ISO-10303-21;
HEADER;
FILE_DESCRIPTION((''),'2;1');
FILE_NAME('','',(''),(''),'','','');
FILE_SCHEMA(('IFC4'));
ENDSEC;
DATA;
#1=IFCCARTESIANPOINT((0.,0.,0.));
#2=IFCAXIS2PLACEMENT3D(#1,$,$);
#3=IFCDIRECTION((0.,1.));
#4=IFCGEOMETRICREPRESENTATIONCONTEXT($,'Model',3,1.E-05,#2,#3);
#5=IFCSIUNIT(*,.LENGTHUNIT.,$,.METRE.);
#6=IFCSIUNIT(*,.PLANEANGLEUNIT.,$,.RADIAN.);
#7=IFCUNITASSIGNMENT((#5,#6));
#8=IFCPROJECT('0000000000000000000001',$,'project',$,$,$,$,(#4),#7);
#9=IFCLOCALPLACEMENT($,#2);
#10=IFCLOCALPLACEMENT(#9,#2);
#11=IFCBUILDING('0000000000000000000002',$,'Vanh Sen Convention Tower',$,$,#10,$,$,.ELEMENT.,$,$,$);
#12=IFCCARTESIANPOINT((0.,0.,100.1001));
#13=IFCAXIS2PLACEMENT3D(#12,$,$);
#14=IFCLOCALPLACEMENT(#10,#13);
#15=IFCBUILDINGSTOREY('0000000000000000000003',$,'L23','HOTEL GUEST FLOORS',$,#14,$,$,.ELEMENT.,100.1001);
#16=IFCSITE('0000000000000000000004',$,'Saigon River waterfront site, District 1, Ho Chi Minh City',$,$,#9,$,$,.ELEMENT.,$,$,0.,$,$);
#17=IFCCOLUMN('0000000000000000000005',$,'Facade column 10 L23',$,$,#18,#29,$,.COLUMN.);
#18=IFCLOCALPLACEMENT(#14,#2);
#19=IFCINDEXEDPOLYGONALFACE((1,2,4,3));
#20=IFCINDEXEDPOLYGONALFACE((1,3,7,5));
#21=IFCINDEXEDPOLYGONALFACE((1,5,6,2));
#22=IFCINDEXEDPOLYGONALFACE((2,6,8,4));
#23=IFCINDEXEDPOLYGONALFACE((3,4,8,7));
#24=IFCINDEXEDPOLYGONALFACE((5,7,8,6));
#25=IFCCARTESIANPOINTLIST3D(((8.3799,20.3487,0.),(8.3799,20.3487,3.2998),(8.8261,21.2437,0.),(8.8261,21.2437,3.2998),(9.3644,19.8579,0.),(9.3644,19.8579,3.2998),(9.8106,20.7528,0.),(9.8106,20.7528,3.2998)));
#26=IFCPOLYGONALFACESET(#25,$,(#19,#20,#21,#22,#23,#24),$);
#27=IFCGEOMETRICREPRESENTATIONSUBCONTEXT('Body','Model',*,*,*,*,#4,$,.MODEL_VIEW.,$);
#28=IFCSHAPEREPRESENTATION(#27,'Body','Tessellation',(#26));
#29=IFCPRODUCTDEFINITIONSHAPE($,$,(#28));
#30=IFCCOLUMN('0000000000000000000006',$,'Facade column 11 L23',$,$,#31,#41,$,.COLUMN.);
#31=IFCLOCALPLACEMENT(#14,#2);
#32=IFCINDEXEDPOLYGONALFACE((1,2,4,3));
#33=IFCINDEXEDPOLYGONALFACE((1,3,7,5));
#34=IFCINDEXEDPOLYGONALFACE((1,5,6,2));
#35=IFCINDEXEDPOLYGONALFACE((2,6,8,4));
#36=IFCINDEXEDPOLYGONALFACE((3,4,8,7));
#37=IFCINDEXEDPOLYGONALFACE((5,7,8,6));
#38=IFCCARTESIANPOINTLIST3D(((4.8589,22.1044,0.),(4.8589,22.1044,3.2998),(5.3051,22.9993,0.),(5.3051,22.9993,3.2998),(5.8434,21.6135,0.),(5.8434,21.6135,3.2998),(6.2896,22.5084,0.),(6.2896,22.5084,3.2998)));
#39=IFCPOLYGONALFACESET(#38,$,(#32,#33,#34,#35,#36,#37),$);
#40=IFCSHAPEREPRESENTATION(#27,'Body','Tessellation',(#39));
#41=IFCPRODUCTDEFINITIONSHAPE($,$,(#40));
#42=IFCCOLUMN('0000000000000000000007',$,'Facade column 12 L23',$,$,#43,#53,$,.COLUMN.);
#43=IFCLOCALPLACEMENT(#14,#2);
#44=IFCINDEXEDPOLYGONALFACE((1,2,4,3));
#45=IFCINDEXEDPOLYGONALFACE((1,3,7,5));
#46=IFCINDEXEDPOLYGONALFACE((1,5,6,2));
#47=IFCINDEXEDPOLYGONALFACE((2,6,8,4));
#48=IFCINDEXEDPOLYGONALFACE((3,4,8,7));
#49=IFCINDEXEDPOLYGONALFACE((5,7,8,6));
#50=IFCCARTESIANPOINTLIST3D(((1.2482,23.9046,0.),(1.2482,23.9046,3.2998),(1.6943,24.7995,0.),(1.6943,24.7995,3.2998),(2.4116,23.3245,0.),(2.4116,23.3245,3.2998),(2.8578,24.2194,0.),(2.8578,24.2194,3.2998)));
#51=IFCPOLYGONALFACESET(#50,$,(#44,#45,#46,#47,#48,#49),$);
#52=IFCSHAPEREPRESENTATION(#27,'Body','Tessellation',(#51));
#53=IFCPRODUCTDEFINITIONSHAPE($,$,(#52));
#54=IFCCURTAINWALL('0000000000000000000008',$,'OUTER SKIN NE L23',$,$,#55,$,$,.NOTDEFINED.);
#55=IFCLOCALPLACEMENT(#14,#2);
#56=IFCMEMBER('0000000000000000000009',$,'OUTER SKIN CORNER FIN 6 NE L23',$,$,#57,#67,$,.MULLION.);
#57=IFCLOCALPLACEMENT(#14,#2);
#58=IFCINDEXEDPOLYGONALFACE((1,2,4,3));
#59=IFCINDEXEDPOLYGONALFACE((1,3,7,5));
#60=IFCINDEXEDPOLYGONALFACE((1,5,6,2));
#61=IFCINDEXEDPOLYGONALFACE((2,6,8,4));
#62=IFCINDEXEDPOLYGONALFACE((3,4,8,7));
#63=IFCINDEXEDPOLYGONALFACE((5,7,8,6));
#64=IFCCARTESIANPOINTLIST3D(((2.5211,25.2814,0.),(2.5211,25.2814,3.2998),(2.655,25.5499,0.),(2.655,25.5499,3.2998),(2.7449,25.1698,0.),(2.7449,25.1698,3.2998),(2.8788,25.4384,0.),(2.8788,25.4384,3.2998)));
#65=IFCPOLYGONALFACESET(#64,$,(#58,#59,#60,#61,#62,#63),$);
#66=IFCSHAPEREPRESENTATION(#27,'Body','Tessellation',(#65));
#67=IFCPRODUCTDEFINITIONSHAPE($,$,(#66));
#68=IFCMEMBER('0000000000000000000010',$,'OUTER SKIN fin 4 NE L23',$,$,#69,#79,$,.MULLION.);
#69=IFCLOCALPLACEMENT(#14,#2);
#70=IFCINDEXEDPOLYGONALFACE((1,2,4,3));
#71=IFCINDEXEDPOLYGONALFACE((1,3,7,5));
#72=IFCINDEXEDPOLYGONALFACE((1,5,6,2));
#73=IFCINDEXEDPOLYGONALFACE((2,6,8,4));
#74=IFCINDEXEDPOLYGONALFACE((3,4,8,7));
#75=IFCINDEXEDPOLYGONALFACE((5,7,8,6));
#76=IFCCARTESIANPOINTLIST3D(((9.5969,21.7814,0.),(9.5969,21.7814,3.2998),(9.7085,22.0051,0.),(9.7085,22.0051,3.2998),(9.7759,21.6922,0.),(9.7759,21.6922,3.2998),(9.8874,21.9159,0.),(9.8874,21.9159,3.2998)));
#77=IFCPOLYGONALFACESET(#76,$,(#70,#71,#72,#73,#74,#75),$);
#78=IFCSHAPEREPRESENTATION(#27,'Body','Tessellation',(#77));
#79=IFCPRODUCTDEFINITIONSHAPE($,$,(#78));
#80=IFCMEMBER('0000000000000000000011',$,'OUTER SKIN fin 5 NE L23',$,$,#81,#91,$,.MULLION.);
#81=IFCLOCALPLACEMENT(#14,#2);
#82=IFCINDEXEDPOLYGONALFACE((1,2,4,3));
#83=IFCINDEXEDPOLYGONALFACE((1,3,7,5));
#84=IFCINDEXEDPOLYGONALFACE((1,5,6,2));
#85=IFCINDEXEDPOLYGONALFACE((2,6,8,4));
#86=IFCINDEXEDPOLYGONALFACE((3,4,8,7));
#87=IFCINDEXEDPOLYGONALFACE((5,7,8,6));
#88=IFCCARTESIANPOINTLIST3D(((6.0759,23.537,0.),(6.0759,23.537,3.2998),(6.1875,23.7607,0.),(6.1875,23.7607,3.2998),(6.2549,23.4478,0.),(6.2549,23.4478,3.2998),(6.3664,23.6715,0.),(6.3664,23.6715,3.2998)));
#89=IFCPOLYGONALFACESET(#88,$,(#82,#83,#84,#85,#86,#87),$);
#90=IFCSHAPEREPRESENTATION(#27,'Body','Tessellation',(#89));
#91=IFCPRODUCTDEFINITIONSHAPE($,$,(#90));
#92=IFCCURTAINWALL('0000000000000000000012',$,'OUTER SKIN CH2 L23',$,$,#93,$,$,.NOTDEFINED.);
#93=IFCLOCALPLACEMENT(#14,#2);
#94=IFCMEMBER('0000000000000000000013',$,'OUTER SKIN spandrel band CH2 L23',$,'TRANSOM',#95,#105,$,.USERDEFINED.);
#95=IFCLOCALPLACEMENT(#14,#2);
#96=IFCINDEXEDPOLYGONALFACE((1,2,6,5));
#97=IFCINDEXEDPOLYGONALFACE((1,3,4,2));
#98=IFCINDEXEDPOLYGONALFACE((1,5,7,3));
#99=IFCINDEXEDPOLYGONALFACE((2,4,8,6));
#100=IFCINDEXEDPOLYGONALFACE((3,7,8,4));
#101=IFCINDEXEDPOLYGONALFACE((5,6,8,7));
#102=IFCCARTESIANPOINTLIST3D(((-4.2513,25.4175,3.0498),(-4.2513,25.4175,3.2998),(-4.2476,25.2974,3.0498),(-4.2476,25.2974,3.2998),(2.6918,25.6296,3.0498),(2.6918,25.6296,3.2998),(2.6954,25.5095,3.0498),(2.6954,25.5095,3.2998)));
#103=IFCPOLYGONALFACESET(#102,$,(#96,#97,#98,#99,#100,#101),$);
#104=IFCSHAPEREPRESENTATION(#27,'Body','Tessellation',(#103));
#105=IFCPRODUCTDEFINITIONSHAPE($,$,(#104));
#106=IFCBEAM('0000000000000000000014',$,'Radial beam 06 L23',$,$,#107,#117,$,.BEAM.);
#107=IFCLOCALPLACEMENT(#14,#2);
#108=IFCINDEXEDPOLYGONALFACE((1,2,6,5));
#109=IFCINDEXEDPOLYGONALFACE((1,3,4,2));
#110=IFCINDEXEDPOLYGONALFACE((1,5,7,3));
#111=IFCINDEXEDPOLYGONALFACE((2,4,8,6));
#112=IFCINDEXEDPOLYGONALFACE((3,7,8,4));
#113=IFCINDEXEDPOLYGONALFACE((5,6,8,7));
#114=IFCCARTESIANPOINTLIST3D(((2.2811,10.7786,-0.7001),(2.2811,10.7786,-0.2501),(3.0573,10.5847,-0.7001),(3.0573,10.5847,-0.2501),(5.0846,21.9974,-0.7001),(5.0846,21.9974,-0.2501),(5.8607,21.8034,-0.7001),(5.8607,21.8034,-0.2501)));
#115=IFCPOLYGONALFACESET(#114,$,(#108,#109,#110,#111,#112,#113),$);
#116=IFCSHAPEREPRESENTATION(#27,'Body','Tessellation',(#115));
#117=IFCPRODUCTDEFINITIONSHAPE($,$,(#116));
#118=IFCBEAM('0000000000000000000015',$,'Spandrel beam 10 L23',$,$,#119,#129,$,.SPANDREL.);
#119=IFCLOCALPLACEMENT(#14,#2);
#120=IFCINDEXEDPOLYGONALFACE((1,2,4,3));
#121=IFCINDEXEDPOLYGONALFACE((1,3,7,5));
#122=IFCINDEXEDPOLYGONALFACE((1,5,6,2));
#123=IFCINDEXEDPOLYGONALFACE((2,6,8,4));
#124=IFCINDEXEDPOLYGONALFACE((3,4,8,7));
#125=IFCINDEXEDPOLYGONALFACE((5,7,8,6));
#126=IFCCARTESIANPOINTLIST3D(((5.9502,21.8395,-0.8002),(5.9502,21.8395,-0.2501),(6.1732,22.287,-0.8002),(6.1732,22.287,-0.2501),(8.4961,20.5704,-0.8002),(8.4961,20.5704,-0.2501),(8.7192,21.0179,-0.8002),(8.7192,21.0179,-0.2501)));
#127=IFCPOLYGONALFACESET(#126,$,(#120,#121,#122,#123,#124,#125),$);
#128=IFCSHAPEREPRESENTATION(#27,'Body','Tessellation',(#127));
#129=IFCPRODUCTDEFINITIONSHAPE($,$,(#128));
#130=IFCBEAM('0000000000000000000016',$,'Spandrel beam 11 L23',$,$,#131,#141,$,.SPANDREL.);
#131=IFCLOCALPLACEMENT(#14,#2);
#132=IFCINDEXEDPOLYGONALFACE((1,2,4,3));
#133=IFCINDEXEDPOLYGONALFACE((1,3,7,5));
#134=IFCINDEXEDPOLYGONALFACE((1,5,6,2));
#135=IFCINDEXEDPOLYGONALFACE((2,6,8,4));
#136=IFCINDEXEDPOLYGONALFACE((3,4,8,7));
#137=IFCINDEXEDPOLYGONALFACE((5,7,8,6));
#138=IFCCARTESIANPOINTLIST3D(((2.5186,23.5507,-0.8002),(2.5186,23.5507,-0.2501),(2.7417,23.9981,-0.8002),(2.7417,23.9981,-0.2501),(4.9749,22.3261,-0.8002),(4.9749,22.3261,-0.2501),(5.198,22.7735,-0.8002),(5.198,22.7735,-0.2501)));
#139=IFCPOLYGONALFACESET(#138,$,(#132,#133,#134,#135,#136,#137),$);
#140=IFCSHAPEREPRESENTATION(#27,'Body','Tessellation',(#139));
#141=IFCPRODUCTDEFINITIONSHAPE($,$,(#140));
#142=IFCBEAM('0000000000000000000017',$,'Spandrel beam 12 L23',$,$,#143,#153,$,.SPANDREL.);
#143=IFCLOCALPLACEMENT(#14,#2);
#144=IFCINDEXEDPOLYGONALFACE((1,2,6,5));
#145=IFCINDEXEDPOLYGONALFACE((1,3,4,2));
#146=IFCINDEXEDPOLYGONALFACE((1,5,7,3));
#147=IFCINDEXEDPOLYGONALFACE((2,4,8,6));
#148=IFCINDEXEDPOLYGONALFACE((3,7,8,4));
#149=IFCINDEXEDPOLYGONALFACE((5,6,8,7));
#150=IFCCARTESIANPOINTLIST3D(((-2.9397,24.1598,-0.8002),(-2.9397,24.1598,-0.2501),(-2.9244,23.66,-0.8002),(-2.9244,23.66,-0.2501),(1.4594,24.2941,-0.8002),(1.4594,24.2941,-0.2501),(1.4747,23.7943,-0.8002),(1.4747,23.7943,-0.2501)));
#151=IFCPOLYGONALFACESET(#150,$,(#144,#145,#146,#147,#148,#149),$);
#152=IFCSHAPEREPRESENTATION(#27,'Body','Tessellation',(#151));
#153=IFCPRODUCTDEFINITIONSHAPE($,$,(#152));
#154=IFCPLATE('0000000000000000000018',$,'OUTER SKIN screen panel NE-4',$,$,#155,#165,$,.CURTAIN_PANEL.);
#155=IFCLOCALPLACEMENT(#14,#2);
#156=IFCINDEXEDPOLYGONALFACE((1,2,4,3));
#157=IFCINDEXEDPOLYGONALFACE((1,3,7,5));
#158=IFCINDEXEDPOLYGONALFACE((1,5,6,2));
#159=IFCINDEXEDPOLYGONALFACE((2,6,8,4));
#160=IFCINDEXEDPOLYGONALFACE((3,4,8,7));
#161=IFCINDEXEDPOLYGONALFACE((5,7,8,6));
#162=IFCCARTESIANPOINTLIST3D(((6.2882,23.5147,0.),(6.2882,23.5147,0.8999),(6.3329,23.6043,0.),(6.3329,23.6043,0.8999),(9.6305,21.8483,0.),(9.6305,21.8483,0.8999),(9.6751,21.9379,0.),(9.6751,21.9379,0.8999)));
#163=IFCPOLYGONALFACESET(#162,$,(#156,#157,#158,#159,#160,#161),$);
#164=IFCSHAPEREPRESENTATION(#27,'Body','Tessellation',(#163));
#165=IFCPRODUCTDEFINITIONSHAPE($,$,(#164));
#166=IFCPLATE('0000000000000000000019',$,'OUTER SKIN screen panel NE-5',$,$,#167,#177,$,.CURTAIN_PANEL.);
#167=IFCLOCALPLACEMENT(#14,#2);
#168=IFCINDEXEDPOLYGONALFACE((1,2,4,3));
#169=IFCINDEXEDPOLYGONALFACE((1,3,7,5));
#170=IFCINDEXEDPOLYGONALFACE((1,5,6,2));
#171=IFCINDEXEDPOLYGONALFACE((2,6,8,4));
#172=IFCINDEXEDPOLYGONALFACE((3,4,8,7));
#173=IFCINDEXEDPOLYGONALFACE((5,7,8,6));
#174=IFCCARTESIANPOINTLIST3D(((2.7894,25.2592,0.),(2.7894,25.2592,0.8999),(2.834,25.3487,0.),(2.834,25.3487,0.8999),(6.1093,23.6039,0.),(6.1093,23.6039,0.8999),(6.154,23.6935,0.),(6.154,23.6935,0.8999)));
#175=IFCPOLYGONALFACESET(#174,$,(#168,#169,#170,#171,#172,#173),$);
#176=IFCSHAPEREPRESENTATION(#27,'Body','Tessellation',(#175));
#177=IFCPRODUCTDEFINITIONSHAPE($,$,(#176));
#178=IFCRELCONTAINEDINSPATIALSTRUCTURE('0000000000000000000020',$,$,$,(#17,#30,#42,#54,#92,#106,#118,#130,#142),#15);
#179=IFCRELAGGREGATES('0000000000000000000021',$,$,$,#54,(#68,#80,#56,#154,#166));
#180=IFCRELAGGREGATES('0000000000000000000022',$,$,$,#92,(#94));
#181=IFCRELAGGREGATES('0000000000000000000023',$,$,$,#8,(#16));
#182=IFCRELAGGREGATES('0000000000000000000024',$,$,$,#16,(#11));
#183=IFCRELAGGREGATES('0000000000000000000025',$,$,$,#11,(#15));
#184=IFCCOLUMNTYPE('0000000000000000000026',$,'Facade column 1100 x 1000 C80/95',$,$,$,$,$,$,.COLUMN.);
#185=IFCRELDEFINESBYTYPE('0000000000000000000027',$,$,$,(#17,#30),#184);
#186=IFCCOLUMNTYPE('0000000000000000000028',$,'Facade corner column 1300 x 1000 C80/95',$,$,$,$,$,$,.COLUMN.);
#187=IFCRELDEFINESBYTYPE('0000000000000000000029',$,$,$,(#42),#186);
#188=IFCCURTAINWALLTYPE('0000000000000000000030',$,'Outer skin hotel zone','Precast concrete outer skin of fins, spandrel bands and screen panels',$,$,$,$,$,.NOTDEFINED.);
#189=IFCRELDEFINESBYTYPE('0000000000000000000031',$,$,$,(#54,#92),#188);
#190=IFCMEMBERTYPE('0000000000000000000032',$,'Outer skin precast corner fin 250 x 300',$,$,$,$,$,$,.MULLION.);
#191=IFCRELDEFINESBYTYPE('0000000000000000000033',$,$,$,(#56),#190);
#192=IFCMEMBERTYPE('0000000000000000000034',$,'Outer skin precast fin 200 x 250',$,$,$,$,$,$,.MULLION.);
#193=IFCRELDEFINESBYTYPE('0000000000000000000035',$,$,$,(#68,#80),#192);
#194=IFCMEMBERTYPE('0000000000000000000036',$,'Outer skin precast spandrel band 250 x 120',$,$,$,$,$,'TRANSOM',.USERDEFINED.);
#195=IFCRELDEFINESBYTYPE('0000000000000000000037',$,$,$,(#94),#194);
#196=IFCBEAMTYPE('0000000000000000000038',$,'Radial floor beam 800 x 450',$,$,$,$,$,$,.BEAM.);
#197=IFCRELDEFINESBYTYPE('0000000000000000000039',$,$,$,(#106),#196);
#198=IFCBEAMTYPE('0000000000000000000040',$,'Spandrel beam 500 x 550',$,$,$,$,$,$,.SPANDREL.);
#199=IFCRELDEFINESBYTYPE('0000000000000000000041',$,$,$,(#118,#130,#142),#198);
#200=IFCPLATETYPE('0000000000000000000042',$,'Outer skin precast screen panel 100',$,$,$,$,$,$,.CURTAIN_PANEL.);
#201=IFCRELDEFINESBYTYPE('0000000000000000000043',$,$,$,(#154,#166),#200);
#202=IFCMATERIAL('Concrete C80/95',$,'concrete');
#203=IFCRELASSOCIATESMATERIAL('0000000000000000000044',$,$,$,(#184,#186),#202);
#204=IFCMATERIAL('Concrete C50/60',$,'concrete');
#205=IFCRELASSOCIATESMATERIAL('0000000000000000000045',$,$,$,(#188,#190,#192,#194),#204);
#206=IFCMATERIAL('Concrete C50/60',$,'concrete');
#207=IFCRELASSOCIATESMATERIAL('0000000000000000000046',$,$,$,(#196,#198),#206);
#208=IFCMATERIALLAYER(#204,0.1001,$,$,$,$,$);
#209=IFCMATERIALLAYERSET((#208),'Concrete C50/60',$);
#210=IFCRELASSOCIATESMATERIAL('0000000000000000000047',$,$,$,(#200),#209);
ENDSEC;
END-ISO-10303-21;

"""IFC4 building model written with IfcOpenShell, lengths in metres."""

from ifc_helpers import new_model, si_unit, direction, frame, origin, origin_2d, place, context, subcontext, project, spatial, rectangle, extrude, material, layer, layer_set, material_profile, profile_set, type_object, element, aggregate, save


model = new_model("IFC4")

# Units and contexts
model_context = context("Model", 3, precision=1e-05, world=origin(), true_north=direction((0.0, 1.0)))
body_context = subcontext(model_context, "Body", "Model", "MODEL_VIEW")
ifc_project = project(units=[si_unit("LENGTHUNIT", "METRE"), si_unit("PLANEANGLEUNIT", "RADIAN")], contexts=[model_context])

# Site, building, storey
site_placement = place(None, origin())
site = spatial("IfcSite", under=ifc_project, at=site_placement, Name="Saigon River waterfront site, District 1, Ho Chi Minh City", CompositionType="ELEMENT", RefElevation=0.0)
building_placement = place(site_placement, origin())
building = spatial("IfcBuilding", under=site, at=building_placement, Name="Vanh Sen Convention Tower", CompositionType="ELEMENT")
storey_placement = place(building_placement, frame((0.0, 0.0, 100.1001)))
storey = spatial("IfcBuildingStorey", under=building, at=storey_placement, Name="L23", Description="HOTEL GUEST FLOORS", CompositionType="ELEMENT", Elevation=100.1001)

# Columns
ifc_material_1 = material(Name="Concrete C80/95", Category="concrete")
ifc_material_profile_1 = material_profile(ifc_material_1, rectangle(XDim=1.1001, YDim=1.0, at=origin_2d()), Name="RC 1100X1000")
ifc_profile_set_1 = profile_set([ifc_material_profile_1], Name="Concrete C80/95")
column_type_1 = type_object("IfcColumnType", Name="Facade column 1100 x 1000 C80/95", PredefinedType="COLUMN", material=ifc_profile_set_1)
for number, where, z_axis, x_axis, name in (
    (1, (9.0952, 20.5508, 0.0), (0.0, 0.0, 1.0), (-0.894934, 0.446198, 0.0), "Facade column 10 L23"),
    (2, (5.5742, 22.3064, 0.0), (0.0, 0.0, 1.0), (-0.894934, 0.446198, 0.0), "Facade column 11 L23"),
):
    element("IfcColumn", number, at=place(storey_placement, frame(where, z_axis=z_axis, x_axis=x_axis)), inside=storey, type_object=column_type_1, Name=name, PredefinedType="COLUMN", context=body_context, shape_type="SweptSolid", body=[
        extrude(rectangle(XDim=1.1001, YDim=1.0, at=origin_2d()), origin(), (0.0, 0.0, 1.0), 3.2998),
    ])
ifc_material_profile_2 = material_profile(ifc_material_1, rectangle(XDim=1.3, YDim=1.0, at=origin_2d()), Name="RC 1300X1000")
ifc_profile_set_2 = profile_set([ifc_material_profile_2], Name="Concrete C80/95")
column_type_2 = type_object("IfcColumnType", Name="Facade corner column 1300 x 1000 C80/95", PredefinedType="COLUMN", material=ifc_profile_set_2)
column_placement = place(storey_placement, frame((2.053, 24.062, 0.0), z_axis=(0.0, 0.0, 1.0), x_axis=(-0.894934, 0.446198, 0.0)))
element("IfcColumn", 3, at=column_placement, inside=storey, type_object=column_type_2, Name="Facade column 12 L23", PredefinedType="COLUMN", context=body_context, shape_type="SweptSolid", body=[
    extrude(rectangle(XDim=1.3, YDim=1.0, at=origin_2d()), origin(), (0.0, 0.0, 1.0), 3.2998),
])

# Curtain wall, members
ifc_material_2 = material(Name="Concrete C50/60", Category="concrete")
curtain_wall_type = type_object("IfcCurtainWallType", Name="Outer skin hotel zone", Description="Precast concrete outer skin of fins, spandrel bands and screen panels", PredefinedType="NOTDEFINED", material=ifc_material_2)
curtain_wall_1_placement = place(storey_placement, origin())
curtain_wall_1 = element("IfcCurtainWall", 4, at=curtain_wall_1_placement, inside=storey, type_object=curtain_wall_type, Name="OUTER SKIN NE L23", PredefinedType="NOTDEFINED")
ifc_material_profile_3 = material_profile(ifc_material_2, rectangle(XDim=0.25, YDim=0.3, at=origin_2d()), Name="Outer skin precast corner fin 250 x 300")
ifc_profile_set_3 = profile_set([ifc_material_profile_3], Name="Concrete C50/60")
member_type_1 = type_object("IfcMemberType", Name="Outer skin precast corner fin 250 x 300", PredefinedType="MULLION", material=ifc_profile_set_3)
member_1_placement = place(storey_placement, frame((2.7, 25.3599, 0.0), z_axis=(0.0, 0.0, 1.0), x_axis=(-0.894934, 0.446198, 0.0)))
member_1 = element("IfcMember", 5, at=member_1_placement, type_object=member_type_1, Name="OUTER SKIN CORNER FIN 6 NE L23", PredefinedType="MULLION", context=body_context, shape_type="SweptSolid", body=[
    extrude(rectangle(XDim=0.25, YDim=0.3, at=origin_2d()), origin(), (0.0, 0.0, 1.0), 3.2998),
])
ifc_material_profile_4 = material_profile(ifc_material_2, rectangle(XDim=0.2, YDim=0.25, at=origin_2d()), Name="Outer skin precast fin 200 x 250")
ifc_profile_set_4 = profile_set([ifc_material_profile_4], Name="Concrete C50/60")
member_type_2 = type_object("IfcMemberType", Name="Outer skin precast fin 200 x 250", PredefinedType="MULLION", material=ifc_profile_set_4)
member_2_placement = place(storey_placement, frame((9.7422, 21.8486, 0.0), z_axis=(0.0, 0.0, 1.0), x_axis=(-0.894934, 0.446198, 0.0)))
member_2 = element("IfcMember", 6, at=member_2_placement, type_object=member_type_2, Name="OUTER SKIN fin 4 NE L23", PredefinedType="MULLION", context=body_context, shape_type="SweptSolid", body=[
    extrude(rectangle(XDim=0.2, YDim=0.25, at=origin_2d()), origin(), (0.0, 0.0, 1.0), 3.2998),
])
member_3_placement = place(storey_placement, frame((6.2212, 23.6042, 0.0), z_axis=(0.0, 0.0, 1.0), x_axis=(-0.894934, 0.446198, 0.0)))
member_3 = element("IfcMember", 7, at=member_3_placement, type_object=member_type_2, Name="OUTER SKIN fin 5 NE L23", PredefinedType="MULLION", context=body_context, shape_type="SweptSolid", body=[
    extrude(rectangle(XDim=0.2, YDim=0.25, at=origin_2d()), origin(), (0.0, 0.0, 1.0), 3.2998),
])

# Curtain wall, member
curtain_wall_2_placement = place(storey_placement, origin())
curtain_wall_2 = element("IfcCurtainWall", 8, at=curtain_wall_2_placement, inside=storey, type_object=curtain_wall_type, Name="OUTER SKIN CH2 L23", PredefinedType="NOTDEFINED")
ifc_material_profile_5 = material_profile(ifc_material_2, rectangle(XDim=0.1201, YDim=0.25, at=origin_2d()), Name="Outer skin precast spandrel band 250 x 120")
ifc_profile_set_5 = profile_set([ifc_material_profile_5], Name="Concrete C50/60")
member_type_3 = type_object("IfcMemberType", Name="Outer skin precast spandrel band 250 x 120", ElementType="TRANSOM", PredefinedType="USERDEFINED", material=ifc_profile_set_5)
member_4_placement = place(storey_placement, frame((2.6936, 25.5696, 3.1748), z_axis=(-0.999533, -0.030542, 0.0), x_axis=(0.030542, -0.999533, 0.0)))
member_4 = element("IfcMember", 9, at=member_4_placement, type_object=member_type_3, Name="OUTER SKIN spandrel band CH2 L23", ObjectType="TRANSOM", PredefinedType="USERDEFINED", context=body_context, shape_type="SweptSolid", body=[
    extrude(rectangle(XDim=0.1201, YDim=0.25, at=origin_2d()), origin(), (0.0, 0.0, 1.0), 6.9463),
])

# Beams
ifc_material_3 = material(Name="Concrete C50/60", Category="concrete")
ifc_material_profile_6 = material_profile(ifc_material_3, rectangle(XDim=0.8, YDim=0.45, at=origin_2d()), Name="RC 800X450")
ifc_profile_set_6 = profile_set([ifc_material_profile_6], Name="Concrete C50/60")
beam_type_1 = type_object("IfcBeamType", Name="Radial floor beam 800 x 450", PredefinedType="BEAM", material=ifc_profile_set_6)
beam_1_placement = place(storey_placement, frame((5.4727, 21.9004, -0.4751), z_axis=(-0.242436, -0.970167, 0.0), x_axis=(0.970167, -0.242436, 0.0)))
element("IfcBeam", 10, at=beam_1_placement, inside=storey, type_object=beam_type_1, Name="Radial beam 06 L23", PredefinedType="BEAM", context=body_context, shape_type="SweptSolid", body=[
    extrude(rectangle(XDim=0.8, YDim=0.45, at=origin_2d()), origin(), (0.0, 0.0, 1.0), 11.5637),
])
ifc_material_profile_7 = material_profile(ifc_material_3, rectangle(XDim=0.5, YDim=0.55, at=origin_2d()), Name="RC 500X550")
ifc_profile_set_7 = profile_set([ifc_material_profile_7], Name="Concrete C50/60")
beam_type_2 = type_object("IfcBeamType", Name="Spandrel beam 500 x 550", PredefinedType="SPANDREL", material=ifc_profile_set_7)
beam_2_placement = place(storey_placement, frame((8.6077, 20.7942, -0.5251), z_axis=(-0.894976, 0.446115, 0.0), x_axis=(-0.446115, -0.894976, 0.0)))
element("IfcBeam", 11, at=beam_2_placement, inside=storey, type_object=beam_type_2, Name="Spandrel beam 10 L23", PredefinedType="SPANDREL", context=body_context, shape_type="SweptSolid", body=[
    extrude(rectangle(XDim=0.5, YDim=0.55, at=origin_2d()), origin(), (0.0, 0.0, 1.0), 2.8447),
])
beam_3_placement = place(storey_placement, frame((5.0864, 22.5498, -0.5251), z_axis=(-0.894943, 0.446181, 0.0), x_axis=(-0.446181, -0.894943, 0.0)))
element("IfcBeam", 12, at=beam_3_placement, inside=storey, type_object=beam_type_2, Name="Spandrel beam 11 L23", PredefinedType="SPANDREL", context=body_context, shape_type="SweptSolid", body=[
    extrude(rectangle(XDim=0.5, YDim=0.55, at=origin_2d()), origin(), (0.0, 0.0, 1.0), 2.7446),
])
beam_4_placement = place(storey_placement, frame((1.467, 24.0442, -0.5251), z_axis=(-0.999534, -0.030509, 0.0), x_axis=(0.030509, -0.999534, 0.0)))
element("IfcBeam", 13, at=beam_4_placement, inside=storey, type_object=beam_type_2, Name="Spandrel beam 12 L23", PredefinedType="SPANDREL", context=body_context, shape_type="SweptSolid", body=[
    extrude(rectangle(XDim=0.5, YDim=0.55, at=origin_2d()), origin(), (0.0, 0.0, 1.0), 4.4011),
])

# Plates
ifc_layer_1 = layer(ifc_material_2, 0.1001)
ifc_layer_set_1 = layer_set([ifc_layer_1], Name="Concrete C50/60")
plate_type = type_object("IfcPlateType", Name="Outer skin precast screen panel 100", PredefinedType="CURTAIN_PANEL", material=ifc_layer_set_1)
plate_1_placement = place(storey_placement, frame((7.9817, 22.7263, 0.0), z_axis=(0.0, 0.0, 1.0), x_axis=(-0.894935, 0.446196, 0.0)))
plate_1 = element("IfcPlate", 14, at=plate_1_placement, type_object=plate_type, Name="OUTER SKIN screen panel NE-4", PredefinedType="CURTAIN_PANEL", context=body_context, shape_type="SweptSolid", body=[
    extrude(rectangle(XDim=3.7346, YDim=0.1001, at=origin_2d()), origin(), (0.0, 0.0, 1.0), 0.8999),
])
plate_2_placement = place(storey_placement, frame((4.4717, 24.4763, 0.0), z_axis=(0.0, 0.0, 1.0), x_axis=(-0.894935, 0.446196, 0.0)))
plate_2 = element("IfcPlate", 15, at=plate_2_placement, type_object=plate_type, Name="OUTER SKIN screen panel NE-5", PredefinedType="CURTAIN_PANEL", context=body_context, shape_type="SweptSolid", body=[
    extrude(rectangle(XDim=3.7097, YDim=0.1001, at=origin_2d()), origin(), (0.0, 0.0, 1.0), 0.8999),
])
aggregate(curtain_wall_1, [member_2, member_3, member_1, plate_1, plate_2])
aggregate(curtain_wall_2, [member_4])

save(model, "model.ifc")
